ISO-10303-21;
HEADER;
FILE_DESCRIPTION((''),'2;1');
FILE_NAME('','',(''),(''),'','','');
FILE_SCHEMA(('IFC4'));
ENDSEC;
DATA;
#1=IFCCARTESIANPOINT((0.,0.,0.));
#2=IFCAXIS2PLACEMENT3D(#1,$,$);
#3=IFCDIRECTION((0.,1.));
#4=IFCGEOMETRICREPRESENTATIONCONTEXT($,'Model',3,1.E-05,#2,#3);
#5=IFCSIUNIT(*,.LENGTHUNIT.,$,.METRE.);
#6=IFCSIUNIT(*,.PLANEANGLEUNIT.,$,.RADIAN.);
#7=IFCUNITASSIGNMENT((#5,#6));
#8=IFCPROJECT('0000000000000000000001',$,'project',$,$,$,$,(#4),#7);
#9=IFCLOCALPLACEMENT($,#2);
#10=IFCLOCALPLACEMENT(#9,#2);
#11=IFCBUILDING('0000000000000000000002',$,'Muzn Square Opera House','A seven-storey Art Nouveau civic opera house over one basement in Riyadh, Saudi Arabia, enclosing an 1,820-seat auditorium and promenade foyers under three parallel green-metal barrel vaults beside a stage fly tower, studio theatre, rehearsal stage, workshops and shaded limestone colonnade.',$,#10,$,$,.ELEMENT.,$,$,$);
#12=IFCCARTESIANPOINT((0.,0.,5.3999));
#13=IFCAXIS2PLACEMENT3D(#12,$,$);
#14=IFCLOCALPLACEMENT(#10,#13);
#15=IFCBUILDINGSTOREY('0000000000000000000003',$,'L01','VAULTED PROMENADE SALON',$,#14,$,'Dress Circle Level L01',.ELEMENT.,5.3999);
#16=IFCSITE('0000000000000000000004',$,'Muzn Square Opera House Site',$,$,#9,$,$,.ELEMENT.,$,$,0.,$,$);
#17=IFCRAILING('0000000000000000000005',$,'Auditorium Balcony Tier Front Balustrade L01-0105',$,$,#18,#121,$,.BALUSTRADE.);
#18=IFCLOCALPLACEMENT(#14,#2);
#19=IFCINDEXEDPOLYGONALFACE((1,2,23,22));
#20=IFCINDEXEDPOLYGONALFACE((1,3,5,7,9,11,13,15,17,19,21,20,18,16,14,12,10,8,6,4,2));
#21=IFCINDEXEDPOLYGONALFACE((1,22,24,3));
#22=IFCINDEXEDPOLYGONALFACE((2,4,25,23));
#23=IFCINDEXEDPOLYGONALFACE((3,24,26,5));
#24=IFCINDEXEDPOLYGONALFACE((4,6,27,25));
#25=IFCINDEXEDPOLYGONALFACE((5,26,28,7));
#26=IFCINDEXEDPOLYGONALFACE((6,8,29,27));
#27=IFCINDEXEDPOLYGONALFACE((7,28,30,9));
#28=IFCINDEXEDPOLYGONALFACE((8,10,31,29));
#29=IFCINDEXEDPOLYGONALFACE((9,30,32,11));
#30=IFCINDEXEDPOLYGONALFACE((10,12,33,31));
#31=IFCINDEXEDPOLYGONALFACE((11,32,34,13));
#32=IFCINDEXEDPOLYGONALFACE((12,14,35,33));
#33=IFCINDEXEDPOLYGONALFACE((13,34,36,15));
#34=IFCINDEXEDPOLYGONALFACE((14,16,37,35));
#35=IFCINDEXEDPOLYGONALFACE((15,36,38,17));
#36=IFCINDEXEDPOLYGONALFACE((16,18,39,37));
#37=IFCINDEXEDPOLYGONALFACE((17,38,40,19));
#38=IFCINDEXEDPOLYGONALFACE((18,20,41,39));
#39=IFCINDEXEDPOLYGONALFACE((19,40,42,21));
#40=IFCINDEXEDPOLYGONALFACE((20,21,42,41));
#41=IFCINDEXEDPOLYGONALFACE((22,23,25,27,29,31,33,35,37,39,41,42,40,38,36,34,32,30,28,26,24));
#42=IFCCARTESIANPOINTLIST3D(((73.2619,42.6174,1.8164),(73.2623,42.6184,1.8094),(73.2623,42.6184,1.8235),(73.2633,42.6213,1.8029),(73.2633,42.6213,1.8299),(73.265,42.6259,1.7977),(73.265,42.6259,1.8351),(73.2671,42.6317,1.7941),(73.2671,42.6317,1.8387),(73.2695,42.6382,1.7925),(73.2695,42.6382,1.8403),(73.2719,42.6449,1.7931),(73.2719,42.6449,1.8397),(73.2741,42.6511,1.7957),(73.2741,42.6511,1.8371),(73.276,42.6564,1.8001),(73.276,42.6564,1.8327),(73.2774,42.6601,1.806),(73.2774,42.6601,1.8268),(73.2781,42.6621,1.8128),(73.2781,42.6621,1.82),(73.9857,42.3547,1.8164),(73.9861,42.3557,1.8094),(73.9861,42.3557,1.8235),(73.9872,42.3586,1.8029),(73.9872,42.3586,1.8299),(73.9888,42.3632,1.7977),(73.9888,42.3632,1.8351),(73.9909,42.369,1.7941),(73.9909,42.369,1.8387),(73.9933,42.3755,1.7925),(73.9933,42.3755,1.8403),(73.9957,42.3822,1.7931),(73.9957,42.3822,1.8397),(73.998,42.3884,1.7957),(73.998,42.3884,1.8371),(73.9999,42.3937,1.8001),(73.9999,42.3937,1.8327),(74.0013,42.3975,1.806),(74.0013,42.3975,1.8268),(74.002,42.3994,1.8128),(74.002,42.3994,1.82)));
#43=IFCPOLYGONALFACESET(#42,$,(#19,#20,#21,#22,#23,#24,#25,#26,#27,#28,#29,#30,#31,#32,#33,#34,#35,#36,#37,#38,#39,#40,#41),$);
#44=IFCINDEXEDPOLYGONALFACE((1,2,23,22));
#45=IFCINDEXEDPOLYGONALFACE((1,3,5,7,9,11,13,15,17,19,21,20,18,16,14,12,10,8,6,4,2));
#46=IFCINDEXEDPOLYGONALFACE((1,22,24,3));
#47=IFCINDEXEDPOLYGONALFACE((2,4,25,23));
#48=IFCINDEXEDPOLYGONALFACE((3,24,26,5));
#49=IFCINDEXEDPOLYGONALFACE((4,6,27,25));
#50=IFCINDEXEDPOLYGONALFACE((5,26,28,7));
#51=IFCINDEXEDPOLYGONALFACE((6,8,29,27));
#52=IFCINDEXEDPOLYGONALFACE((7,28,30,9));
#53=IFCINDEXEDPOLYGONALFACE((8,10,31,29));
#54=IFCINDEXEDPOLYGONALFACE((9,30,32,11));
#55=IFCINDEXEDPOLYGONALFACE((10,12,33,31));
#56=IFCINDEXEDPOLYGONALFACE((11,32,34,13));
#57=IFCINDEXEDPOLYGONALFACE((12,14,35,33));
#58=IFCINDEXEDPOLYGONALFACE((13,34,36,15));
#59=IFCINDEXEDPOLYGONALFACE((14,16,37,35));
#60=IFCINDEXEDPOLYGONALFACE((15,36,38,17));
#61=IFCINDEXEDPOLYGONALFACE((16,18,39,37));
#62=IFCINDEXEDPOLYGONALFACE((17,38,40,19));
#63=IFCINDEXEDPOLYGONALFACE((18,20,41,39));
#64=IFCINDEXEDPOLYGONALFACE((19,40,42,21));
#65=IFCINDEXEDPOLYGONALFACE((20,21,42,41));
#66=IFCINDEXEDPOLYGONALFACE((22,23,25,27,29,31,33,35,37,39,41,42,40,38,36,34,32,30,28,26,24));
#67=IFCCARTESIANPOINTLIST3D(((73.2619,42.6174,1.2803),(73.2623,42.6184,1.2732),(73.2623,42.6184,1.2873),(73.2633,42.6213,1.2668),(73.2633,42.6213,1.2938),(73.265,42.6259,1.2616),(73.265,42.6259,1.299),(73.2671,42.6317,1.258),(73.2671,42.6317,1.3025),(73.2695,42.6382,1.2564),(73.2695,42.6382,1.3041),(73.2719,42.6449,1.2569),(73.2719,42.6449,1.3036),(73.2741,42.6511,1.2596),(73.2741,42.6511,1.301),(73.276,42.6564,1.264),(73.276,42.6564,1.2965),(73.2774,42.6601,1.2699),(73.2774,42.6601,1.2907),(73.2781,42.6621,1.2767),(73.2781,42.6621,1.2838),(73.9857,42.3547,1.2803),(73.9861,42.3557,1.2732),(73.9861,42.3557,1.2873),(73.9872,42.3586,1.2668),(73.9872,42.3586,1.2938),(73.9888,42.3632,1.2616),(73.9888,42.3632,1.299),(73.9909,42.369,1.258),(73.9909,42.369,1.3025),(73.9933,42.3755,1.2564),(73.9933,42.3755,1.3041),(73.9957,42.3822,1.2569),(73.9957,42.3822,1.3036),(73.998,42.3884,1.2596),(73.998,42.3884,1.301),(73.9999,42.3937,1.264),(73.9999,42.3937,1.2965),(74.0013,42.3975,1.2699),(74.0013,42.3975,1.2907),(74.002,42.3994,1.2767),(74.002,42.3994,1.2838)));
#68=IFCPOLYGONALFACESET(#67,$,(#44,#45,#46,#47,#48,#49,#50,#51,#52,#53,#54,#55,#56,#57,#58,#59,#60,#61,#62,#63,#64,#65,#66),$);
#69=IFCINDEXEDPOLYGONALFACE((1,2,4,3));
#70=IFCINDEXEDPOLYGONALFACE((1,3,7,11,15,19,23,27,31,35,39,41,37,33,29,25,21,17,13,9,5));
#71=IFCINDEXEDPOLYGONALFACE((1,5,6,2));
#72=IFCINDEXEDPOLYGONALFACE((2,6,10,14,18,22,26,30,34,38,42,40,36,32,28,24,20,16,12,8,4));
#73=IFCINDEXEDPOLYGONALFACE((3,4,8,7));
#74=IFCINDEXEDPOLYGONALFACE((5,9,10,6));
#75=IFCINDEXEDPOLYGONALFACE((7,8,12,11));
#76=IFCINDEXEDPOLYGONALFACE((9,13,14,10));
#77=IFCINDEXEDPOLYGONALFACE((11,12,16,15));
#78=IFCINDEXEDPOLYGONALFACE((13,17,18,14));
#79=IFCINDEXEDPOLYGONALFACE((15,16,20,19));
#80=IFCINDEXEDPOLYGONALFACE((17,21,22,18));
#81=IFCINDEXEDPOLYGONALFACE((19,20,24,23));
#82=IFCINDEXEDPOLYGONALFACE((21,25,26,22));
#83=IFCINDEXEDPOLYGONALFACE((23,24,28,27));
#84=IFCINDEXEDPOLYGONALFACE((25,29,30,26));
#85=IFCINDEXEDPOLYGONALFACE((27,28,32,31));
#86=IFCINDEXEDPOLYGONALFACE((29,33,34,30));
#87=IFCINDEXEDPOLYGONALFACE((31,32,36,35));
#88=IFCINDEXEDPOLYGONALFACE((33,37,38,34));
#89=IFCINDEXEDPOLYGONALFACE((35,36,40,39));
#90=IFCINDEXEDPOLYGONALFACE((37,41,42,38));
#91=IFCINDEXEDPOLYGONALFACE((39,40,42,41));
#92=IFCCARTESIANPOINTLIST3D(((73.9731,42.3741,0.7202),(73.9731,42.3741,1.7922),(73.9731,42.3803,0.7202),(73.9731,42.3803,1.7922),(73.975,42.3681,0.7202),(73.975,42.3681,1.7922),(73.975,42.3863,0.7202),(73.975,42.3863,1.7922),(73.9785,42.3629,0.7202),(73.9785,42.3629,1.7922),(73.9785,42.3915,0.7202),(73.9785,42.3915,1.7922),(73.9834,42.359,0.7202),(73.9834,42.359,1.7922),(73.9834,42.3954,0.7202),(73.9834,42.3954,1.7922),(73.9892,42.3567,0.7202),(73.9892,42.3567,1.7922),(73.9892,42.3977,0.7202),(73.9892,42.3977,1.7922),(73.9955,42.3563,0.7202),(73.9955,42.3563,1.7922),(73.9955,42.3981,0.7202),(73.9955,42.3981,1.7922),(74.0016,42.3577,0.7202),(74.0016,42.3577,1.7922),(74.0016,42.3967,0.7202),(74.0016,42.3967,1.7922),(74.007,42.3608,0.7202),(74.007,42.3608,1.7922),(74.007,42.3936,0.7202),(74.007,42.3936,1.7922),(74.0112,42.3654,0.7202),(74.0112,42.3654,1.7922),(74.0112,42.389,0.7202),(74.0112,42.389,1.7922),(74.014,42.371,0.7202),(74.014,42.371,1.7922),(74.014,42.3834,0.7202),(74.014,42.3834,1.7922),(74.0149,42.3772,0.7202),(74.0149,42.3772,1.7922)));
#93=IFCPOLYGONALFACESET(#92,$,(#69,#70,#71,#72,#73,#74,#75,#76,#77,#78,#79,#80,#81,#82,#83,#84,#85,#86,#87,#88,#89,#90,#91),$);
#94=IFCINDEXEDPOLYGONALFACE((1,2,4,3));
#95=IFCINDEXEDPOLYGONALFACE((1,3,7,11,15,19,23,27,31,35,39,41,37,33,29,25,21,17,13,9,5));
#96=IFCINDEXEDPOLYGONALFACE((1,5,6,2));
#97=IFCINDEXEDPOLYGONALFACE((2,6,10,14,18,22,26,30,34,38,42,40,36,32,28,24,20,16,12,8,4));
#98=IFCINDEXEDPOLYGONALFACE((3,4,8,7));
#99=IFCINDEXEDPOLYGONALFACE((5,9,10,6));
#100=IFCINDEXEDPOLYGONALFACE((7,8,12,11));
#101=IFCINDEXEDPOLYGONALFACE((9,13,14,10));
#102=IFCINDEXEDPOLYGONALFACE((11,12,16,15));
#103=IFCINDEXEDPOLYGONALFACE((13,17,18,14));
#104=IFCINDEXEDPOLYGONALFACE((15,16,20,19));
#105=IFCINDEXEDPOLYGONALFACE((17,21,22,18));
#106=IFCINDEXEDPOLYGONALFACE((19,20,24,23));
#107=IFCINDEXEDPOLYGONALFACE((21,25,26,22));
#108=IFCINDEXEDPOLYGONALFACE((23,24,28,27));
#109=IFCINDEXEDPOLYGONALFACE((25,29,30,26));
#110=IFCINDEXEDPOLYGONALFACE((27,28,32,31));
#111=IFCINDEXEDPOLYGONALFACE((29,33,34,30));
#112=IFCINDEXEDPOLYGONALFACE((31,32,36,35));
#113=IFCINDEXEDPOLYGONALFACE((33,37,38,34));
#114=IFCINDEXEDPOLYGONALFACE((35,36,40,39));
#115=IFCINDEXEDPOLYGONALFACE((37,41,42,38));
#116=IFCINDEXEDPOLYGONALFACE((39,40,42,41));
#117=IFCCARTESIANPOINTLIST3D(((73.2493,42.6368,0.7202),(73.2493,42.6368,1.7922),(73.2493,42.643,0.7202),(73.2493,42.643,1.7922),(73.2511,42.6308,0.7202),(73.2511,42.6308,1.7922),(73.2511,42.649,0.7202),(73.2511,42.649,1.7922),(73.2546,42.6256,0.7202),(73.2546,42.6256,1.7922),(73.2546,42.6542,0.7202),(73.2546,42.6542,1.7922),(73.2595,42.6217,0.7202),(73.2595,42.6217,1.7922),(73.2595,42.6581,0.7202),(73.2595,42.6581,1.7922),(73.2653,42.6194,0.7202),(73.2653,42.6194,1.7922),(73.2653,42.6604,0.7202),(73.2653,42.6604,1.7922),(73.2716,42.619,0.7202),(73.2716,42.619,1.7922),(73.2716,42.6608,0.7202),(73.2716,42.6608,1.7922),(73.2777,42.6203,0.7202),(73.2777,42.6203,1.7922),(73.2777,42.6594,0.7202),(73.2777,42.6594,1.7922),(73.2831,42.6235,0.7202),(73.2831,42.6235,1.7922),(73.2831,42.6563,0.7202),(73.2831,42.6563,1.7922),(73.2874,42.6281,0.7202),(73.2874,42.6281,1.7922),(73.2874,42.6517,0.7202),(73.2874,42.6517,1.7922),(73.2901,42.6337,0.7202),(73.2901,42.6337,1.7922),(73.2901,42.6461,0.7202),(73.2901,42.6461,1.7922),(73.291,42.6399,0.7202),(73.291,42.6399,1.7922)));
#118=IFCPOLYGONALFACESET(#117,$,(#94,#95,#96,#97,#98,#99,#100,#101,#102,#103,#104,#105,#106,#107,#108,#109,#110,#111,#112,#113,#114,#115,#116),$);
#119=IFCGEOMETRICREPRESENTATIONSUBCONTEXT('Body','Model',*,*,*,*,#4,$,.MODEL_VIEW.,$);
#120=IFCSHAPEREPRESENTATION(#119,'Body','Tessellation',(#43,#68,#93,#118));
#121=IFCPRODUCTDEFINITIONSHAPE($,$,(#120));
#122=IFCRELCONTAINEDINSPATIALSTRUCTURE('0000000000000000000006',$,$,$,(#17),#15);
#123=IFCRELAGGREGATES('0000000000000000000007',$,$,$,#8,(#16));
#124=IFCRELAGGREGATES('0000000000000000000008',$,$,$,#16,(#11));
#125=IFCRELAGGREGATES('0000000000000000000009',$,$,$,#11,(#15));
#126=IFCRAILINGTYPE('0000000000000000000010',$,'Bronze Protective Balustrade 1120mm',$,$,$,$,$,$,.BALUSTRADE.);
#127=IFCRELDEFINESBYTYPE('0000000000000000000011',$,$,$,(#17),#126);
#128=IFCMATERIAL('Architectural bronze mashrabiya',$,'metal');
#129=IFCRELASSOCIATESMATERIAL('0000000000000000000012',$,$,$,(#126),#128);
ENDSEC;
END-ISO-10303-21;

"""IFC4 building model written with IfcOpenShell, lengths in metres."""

from ifc_helpers import new_model, si_unit, direction, frame, origin, origin_2d, place, context, subcontext, project, spatial, circle, extrude, material, type_object, element, save


model = new_model("IFC4")

# Units and contexts
model_context = context("Model", 3, precision=1e-05, world=origin(), true_north=direction((0.0, 1.0)))
body_context = subcontext(model_context, "Body", "Model", "MODEL_VIEW")
ifc_project = project(units=[si_unit("LENGTHUNIT", "METRE"), si_unit("PLANEANGLEUNIT", "RADIAN")], contexts=[model_context])

# Site, building, storey
site_placement = place(None, origin())
site = spatial("IfcSite", under=ifc_project, at=site_placement, Name="Muzn Square Opera House Site", CompositionType="ELEMENT", RefElevation=0.0)
building_placement = place(site_placement, origin())
building = spatial("IfcBuilding", under=site, at=building_placement, Name="Muzn Square Opera House", Description="A seven-storey Art Nouveau civic opera house over one basement in Riyadh, Saudi Arabia, enclosing an 1,820-seat auditorium and promenade foyers under three parallel green-metal barrel vaults beside a stage fly tower, studio theatre, rehearsal stage, workshops and shaded limestone colonnade.", CompositionType="ELEMENT")
storey_placement = place(building_placement, frame((0.0, 0.0, 5.3999)))
storey = spatial("IfcBuildingStorey", under=building, at=storey_placement, Name="L01", Description="VAULTED PROMENADE SALON", LongName="Dress Circle Level L01", CompositionType="ELEMENT", Elevation=5.3999)

# Railing
ifc_material_1 = material(Name="Architectural bronze mashrabiya", Category="metal")
railing_type_1 = type_object("IfcRailingType", Name="Bronze Protective Balustrade 1120mm", PredefinedType="BALUSTRADE", material=ifc_material_1)
railing_1_placement = place(storey_placement, frame((73.9939, 42.3772, 0.7202)))
element("IfcRailing", 1, at=railing_1_placement, inside=storey, type_object=railing_type_1, Name="Auditorium Balcony Tier Front Balustrade L01-0105", PredefinedType="BALUSTRADE", context=body_context, shape_type="SweptSolid", body=[
    extrude(circle(Radius=0.0239, at=origin_2d()), frame((0.0, 0.0, 1.0962), z_axis=(-0.940015, 0.341132, 0.0), x_axis=(-0.341132, -0.940015, 0.0)), (0.0, 0.0, 1.0), 0.77),
    extrude(circle(Radius=0.0239, at=origin_2d()), frame((0.0, 0.0, 0.5601), z_axis=(-0.940015, 0.341132, 0.0), x_axis=(-0.341132, -0.940015, 0.0)), (0.0, 0.0, 1.0), 0.77),
    extrude(circle(Radius=0.021, at=origin_2d()), origin(), (0.0, 0.0, 1.0), 1.072),
    extrude(circle(Radius=0.021, at=origin_2d()), frame((-0.7239, 0.2627, 0.0)), (0.0, 0.0, 1.0), 1.072),
])

save(model, "model.ifc")
